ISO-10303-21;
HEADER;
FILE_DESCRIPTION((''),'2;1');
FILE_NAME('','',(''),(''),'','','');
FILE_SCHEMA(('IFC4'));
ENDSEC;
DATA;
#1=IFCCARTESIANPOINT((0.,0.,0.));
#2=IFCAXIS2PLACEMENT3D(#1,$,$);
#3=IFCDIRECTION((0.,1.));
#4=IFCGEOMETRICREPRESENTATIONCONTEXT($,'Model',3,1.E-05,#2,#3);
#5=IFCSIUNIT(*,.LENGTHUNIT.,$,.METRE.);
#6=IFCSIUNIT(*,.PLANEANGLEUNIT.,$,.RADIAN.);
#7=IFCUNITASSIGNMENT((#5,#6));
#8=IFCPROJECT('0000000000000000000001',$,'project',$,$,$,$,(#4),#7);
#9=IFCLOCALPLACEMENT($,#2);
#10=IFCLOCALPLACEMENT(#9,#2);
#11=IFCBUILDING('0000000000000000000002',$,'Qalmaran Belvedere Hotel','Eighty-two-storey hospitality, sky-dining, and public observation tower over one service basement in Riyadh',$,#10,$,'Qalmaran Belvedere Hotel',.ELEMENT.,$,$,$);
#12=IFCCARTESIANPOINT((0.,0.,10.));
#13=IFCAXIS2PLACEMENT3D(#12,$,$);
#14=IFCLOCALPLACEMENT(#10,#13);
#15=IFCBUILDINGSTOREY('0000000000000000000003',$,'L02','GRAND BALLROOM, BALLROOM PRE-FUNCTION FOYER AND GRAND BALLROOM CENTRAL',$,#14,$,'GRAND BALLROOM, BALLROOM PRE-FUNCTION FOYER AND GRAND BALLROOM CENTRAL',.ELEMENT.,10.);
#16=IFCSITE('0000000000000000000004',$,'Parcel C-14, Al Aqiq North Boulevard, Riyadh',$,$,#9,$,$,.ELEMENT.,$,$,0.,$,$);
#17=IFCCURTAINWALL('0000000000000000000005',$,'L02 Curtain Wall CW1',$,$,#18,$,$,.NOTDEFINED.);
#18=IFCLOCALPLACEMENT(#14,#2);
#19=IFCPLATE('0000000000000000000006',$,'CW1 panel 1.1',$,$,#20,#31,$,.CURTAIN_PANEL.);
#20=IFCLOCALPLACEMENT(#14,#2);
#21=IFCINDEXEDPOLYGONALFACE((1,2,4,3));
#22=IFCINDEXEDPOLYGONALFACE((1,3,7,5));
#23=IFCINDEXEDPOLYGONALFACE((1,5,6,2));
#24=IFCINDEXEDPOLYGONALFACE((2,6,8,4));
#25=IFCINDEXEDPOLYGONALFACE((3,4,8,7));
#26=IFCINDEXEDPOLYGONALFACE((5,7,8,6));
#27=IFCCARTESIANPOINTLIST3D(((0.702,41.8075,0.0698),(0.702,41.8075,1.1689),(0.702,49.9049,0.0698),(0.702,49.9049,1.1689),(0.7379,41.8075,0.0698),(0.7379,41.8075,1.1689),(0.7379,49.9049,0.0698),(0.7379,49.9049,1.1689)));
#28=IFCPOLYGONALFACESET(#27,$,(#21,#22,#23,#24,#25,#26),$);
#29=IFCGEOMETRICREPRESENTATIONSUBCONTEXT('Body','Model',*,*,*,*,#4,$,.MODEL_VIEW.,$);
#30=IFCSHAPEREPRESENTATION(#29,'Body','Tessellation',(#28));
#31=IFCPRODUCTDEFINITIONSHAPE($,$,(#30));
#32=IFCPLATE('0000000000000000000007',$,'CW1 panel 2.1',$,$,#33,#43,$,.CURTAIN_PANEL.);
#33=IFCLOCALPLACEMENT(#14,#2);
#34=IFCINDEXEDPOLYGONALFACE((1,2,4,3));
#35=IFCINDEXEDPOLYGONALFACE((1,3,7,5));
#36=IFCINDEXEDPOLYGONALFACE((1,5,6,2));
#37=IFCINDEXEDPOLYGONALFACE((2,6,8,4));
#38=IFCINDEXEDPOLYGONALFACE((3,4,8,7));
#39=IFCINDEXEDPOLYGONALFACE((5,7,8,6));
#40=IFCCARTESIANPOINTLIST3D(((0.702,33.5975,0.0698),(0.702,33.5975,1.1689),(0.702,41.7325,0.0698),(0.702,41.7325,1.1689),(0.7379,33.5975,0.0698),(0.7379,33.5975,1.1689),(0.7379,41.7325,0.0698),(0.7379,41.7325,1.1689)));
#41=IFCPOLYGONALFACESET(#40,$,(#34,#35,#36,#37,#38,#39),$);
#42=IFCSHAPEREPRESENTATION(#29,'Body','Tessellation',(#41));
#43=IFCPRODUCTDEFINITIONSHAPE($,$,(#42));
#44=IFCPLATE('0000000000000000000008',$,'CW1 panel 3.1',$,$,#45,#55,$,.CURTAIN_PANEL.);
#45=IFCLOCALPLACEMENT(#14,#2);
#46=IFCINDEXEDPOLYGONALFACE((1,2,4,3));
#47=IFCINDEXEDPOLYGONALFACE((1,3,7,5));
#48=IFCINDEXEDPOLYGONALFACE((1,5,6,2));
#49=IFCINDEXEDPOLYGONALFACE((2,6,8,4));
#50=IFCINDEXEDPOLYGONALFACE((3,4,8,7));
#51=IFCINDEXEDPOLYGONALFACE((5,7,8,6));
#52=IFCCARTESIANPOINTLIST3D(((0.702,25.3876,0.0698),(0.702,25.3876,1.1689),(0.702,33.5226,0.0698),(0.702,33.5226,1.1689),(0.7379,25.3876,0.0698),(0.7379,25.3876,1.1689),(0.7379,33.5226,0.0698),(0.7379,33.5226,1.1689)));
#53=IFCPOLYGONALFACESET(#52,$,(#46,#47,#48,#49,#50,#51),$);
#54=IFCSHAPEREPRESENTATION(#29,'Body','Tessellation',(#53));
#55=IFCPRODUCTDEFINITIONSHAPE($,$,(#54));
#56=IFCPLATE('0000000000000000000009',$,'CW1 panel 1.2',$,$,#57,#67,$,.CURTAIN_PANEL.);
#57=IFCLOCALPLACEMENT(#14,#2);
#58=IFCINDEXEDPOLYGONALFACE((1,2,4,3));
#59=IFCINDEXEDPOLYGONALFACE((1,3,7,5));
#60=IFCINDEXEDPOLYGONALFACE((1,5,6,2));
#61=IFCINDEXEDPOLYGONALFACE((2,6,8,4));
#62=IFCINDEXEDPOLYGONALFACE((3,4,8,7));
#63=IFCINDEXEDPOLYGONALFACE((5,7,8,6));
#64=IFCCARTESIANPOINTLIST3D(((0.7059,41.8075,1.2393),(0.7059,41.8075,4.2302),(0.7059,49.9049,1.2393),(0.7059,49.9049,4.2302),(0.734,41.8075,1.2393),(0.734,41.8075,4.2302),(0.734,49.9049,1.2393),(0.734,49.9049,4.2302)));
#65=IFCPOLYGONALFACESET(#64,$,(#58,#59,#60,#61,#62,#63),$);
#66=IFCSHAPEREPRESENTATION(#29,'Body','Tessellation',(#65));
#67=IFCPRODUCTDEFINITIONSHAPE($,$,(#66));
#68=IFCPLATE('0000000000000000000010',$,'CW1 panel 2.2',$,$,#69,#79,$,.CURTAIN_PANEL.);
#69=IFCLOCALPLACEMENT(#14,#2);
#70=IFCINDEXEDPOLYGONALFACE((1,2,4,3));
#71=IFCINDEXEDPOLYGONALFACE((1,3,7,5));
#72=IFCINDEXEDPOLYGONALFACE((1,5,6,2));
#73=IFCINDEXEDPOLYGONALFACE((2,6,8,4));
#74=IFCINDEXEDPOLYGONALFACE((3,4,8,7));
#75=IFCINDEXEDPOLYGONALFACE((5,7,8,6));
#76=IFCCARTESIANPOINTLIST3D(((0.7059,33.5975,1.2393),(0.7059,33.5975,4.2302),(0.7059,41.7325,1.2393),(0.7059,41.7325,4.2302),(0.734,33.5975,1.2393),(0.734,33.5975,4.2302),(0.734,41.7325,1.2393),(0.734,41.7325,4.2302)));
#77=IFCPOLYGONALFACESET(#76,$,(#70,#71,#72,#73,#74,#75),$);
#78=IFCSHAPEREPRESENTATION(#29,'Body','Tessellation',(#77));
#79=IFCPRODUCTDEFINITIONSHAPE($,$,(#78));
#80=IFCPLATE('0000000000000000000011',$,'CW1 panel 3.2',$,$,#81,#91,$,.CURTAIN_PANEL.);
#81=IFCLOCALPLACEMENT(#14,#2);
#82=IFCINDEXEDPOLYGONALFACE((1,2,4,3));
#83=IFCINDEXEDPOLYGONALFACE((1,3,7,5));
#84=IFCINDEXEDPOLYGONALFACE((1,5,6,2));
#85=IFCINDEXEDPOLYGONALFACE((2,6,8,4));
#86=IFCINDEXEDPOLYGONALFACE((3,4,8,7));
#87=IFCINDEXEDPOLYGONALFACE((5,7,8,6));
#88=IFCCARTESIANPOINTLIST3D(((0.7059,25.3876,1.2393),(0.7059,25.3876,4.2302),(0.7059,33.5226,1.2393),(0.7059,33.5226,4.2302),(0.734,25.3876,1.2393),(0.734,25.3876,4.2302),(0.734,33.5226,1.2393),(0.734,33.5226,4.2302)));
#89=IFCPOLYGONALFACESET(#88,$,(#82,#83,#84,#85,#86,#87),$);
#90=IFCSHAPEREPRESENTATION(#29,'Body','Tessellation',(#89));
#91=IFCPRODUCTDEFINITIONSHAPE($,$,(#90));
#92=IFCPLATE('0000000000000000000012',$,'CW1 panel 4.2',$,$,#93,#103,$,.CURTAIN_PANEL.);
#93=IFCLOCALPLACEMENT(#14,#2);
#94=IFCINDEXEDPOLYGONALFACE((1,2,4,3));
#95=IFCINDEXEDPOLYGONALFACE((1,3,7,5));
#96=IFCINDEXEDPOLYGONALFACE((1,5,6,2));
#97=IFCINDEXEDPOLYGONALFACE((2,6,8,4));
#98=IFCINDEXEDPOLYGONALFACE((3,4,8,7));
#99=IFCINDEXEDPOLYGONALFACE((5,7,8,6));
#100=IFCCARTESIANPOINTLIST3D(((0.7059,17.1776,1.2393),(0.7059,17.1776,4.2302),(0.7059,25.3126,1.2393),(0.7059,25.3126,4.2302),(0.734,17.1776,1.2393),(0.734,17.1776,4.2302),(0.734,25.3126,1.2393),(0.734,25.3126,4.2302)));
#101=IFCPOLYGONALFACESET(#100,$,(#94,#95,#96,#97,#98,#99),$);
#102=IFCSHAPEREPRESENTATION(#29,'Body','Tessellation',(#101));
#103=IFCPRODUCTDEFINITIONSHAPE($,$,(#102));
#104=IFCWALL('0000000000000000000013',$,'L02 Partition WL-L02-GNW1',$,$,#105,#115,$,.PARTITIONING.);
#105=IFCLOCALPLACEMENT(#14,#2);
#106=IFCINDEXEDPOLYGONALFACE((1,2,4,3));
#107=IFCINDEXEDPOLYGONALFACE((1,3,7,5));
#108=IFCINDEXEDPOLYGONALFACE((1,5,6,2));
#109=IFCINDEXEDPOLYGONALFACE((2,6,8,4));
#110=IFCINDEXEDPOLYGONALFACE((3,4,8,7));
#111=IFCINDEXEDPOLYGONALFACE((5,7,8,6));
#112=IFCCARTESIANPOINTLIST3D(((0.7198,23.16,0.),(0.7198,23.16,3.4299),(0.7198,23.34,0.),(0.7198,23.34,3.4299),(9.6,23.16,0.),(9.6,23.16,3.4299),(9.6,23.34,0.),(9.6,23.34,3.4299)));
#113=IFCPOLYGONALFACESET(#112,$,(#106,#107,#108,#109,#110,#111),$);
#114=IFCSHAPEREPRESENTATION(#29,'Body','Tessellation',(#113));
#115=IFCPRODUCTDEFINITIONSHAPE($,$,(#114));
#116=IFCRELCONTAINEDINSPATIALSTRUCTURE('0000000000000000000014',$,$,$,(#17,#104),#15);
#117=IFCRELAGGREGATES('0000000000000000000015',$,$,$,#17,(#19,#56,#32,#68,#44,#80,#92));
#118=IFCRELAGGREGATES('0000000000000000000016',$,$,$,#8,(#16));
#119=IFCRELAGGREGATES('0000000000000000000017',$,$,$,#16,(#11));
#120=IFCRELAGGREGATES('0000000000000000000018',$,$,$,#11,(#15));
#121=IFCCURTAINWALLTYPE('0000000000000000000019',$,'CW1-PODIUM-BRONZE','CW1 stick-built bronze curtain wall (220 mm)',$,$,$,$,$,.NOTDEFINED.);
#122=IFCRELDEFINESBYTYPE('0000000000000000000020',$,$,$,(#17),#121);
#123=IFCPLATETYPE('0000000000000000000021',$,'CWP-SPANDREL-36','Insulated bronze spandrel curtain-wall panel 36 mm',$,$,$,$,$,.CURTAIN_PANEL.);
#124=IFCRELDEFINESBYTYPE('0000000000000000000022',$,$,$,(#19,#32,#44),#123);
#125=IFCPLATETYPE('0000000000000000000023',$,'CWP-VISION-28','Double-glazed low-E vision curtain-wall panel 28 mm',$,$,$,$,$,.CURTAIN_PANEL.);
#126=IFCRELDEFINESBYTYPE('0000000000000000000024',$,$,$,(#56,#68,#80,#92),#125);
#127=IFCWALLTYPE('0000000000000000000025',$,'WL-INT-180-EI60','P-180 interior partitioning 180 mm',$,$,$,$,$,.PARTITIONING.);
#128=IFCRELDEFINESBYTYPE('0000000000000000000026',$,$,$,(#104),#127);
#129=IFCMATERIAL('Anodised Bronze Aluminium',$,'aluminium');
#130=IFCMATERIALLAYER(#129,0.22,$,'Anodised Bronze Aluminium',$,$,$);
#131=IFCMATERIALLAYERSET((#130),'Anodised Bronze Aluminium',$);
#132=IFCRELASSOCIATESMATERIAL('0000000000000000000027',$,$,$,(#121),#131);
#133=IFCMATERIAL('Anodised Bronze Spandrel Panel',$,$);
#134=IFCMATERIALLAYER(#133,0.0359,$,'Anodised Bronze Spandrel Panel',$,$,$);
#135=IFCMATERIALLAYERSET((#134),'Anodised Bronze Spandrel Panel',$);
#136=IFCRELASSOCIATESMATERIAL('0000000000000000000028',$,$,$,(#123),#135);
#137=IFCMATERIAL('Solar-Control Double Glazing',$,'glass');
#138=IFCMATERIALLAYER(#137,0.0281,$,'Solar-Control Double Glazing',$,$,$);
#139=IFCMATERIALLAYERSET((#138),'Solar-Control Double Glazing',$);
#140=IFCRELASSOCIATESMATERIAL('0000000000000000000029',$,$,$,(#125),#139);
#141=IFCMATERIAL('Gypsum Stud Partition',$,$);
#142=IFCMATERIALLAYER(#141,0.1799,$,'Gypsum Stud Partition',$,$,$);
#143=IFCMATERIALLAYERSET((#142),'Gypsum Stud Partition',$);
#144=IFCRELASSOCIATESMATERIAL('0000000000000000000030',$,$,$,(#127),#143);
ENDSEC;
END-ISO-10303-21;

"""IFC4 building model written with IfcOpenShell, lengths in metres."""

from ifc_helpers import new_model, si_unit, direction, frame, frame_2d, origin, origin_2d, place, context, subcontext, project, spatial, rectangle, extrude, material, layer, layer_set, type_object, element, aggregate, save


model = new_model("IFC4")

# Units and contexts
model_context = context("Model", 3, precision=1e-05, world=origin(), true_north=direction((0.0, 1.0)))
body_context = subcontext(model_context, "Body", "Model", "MODEL_VIEW")
ifc_project = project(units=[si_unit("LENGTHUNIT", "METRE"), si_unit("PLANEANGLEUNIT", "RADIAN")], contexts=[model_context])

# Site, building, storey
site_placement = place(None, origin())
site = spatial("IfcSite", under=ifc_project, at=site_placement, Name="Parcel C-14, Al Aqiq North Boulevard, Riyadh", CompositionType="ELEMENT", RefElevation=0.0)
building_placement = place(site_placement, origin())
building = spatial("IfcBuilding", under=site, at=building_placement, Name="Qalmaran Belvedere Hotel", Description="Eighty-two-storey hospitality, sky-dining, and public observation tower over one service basement in Riyadh", LongName="Qalmaran Belvedere Hotel", CompositionType="ELEMENT")
storey_placement = place(building_placement, frame((0.0, 0.0, 10.0)))
storey = spatial("IfcBuildingStorey", under=building, at=storey_placement, Name="L02", Description="GRAND BALLROOM, BALLROOM PRE-FUNCTION FOYER AND GRAND BALLROOM CENTRAL", LongName="GRAND BALLROOM, BALLROOM PRE-FUNCTION FOYER AND GRAND BALLROOM CENTRAL", CompositionType="ELEMENT", Elevation=10.0)

# Curtain wall, plates
ifc_material_1 = material(Name="Anodised Bronze Aluminium", Category="aluminium")
ifc_layer_1 = layer(ifc_material_1, 0.22, Name="Anodised Bronze Aluminium")
ifc_layer_set_1 = layer_set([ifc_layer_1], Name="Anodised Bronze Aluminium")
curtain_wall_type = type_object("IfcCurtainWallType", Name="CW1-PODIUM-BRONZE", Description="CW1 stick-built bronze curtain wall (220 mm)", PredefinedType="NOTDEFINED", material=ifc_layer_set_1)
curtain_wall_placement = place(storey_placement, origin())
curtain_wall = element("IfcCurtainWall", 1, at=curtain_wall_placement, inside=storey, type_object=curtain_wall_type, Name="L02 Curtain Wall CW1", PredefinedType="NOTDEFINED")
ifc_material_2 = material(Name="Anodised Bronze Spandrel Panel")
ifc_layer_2 = layer(ifc_material_2, 0.0359, Name="Anodised Bronze Spandrel Panel")
ifc_layer_set_2 = layer_set([ifc_layer_2], Name="Anodised Bronze Spandrel Panel")
plate_type_1 = type_object("IfcPlateType", Name="CWP-SPANDREL-36", Description="Insulated bronze spandrel curtain-wall panel 36 mm", PredefinedType="CURTAIN_PANEL", material=ifc_layer_set_2)
plate_1_placement = place(storey_placement, frame((0.72, 45.8562, 0.0698), z_axis=(0.0, 0.0, 1.0), x_axis=(0.0, -1.0, 0.0)))
plate_1 = element("IfcPlate", 2, at=plate_1_placement, type_object=plate_type_1, Name="CW1 panel 1.1", PredefinedType="CURTAIN_PANEL", context=body_context, shape_type="SweptSolid", body=[
    extrude(rectangle(XDim=8.0974, YDim=0.0359, at=origin_2d()), origin(), (0.0, 0.0, 1.0), 1.0991),
])
plate_2_placement = place(storey_placement, frame((0.72, 37.665, 0.0698), z_axis=(0.0, 0.0, 1.0), x_axis=(0.0, -1.0, 0.0)))
plate_2 = element("IfcPlate", 3, at=plate_2_placement, type_object=plate_type_1, Name="CW1 panel 2.1", PredefinedType="CURTAIN_PANEL", context=body_context, shape_type="SweptSolid", body=[
    extrude(rectangle(XDim=8.135, YDim=0.0359, at=origin_2d()), origin(), (0.0, 0.0, 1.0), 1.0991),
])
plate_3_placement = place(storey_placement, frame((0.72, 29.4551, 0.0698), z_axis=(0.0, 0.0, 1.0), x_axis=(0.0, -1.0, 0.0)))
plate_3 = element("IfcPlate", 4, at=plate_3_placement, type_object=plate_type_1, Name="CW1 panel 3.1", PredefinedType="CURTAIN_PANEL", context=body_context, shape_type="SweptSolid", body=[
    extrude(rectangle(XDim=8.135, YDim=0.0359, at=origin_2d()), origin(), (0.0, 0.0, 1.0), 1.0991),
])
ifc_material_3 = material(Name="Solar-Control Double Glazing", Category="glass")
ifc_layer_3 = layer(ifc_material_3, 0.0281, Name="Solar-Control Double Glazing")
ifc_layer_set_3 = layer_set([ifc_layer_3], Name="Solar-Control Double Glazing")
plate_type_2 = type_object("IfcPlateType", Name="CWP-VISION-28", Description="Double-glazed low-E vision curtain-wall panel 28 mm", PredefinedType="CURTAIN_PANEL", material=ifc_layer_set_3)
plate_4_placement = place(storey_placement, frame((0.72, 45.8562, 1.2393), z_axis=(0.0, 0.0, 1.0), x_axis=(0.0, -1.0, 0.0)))
plate_4 = element("IfcPlate", 5, at=plate_4_placement, type_object=plate_type_2, Name="CW1 panel 1.2", PredefinedType="CURTAIN_PANEL", context=body_context, shape_type="SweptSolid", body=[
    extrude(rectangle(XDim=8.0974, YDim=0.0281, at=origin_2d()), origin(), (0.0, 0.0, 1.0), 2.991),
])
plate_5_placement = place(storey_placement, frame((0.72, 37.665, 1.2393), z_axis=(0.0, 0.0, 1.0), x_axis=(0.0, -1.0, 0.0)))
plate_5 = element("IfcPlate", 6, at=plate_5_placement, type_object=plate_type_2, Name="CW1 panel 2.2", PredefinedType="CURTAIN_PANEL", context=body_context, shape_type="SweptSolid", body=[
    extrude(rectangle(XDim=8.135, YDim=0.0281, at=origin_2d()), origin(), (0.0, 0.0, 1.0), 2.991),
])
plate_6_placement = place(storey_placement, frame((0.72, 29.4551, 1.2393), z_axis=(0.0, 0.0, 1.0), x_axis=(0.0, -1.0, 0.0)))
plate_6 = element("IfcPlate", 7, at=plate_6_placement, type_object=plate_type_2, Name="CW1 panel 3.2", PredefinedType="CURTAIN_PANEL", context=body_context, shape_type="SweptSolid", body=[
    extrude(rectangle(XDim=8.135, YDim=0.0281, at=origin_2d()), origin(), (0.0, 0.0, 1.0), 2.991),
])
plate_7_placement = place(storey_placement, frame((0.72, 21.2451, 1.2393), z_axis=(0.0, 0.0, 1.0), x_axis=(0.0, -1.0, 0.0)))
plate_7 = element("IfcPlate", 8, at=plate_7_placement, type_object=plate_type_2, Name="CW1 panel 4.2", PredefinedType="CURTAIN_PANEL", context=body_context, shape_type="SweptSolid", body=[
    extrude(rectangle(XDim=8.135, YDim=0.0281, at=origin_2d()), origin(), (0.0, 0.0, 1.0), 2.991),
])
aggregate(curtain_wall, [plate_1, plate_4, plate_2, plate_5, plate_3, plate_6, plate_7])

# Wall
ifc_material_4 = material(Name="Gypsum Stud Partition")
ifc_layer_4 = layer(ifc_material_4, 0.1799, Name="Gypsum Stud Partition")
ifc_layer_set_4 = layer_set([ifc_layer_4], Name="Gypsum Stud Partition")
wall_type = type_object("IfcWallType", Name="WL-INT-180-EI60", Description="P-180 interior partitioning 180 mm", PredefinedType="PARTITIONING", material=ifc_layer_set_4)
wall_placement = place(storey_placement, frame((0.72, 23.25, 0.0), z_axis=(0.0, 0.0, 1.0), x_axis=(1.0, 0.0, 0.0)))
element("IfcWall", 9, at=wall_placement, inside=storey, type_object=wall_type, Name="L02 Partition WL-L02-GNW1", PredefinedType="PARTITIONING", context=body_context, shape_type="SweptSolid", body=[
    extrude(rectangle(XDim=8.8801, YDim=0.1799, at=frame_2d((4.4399, 0.0))), origin(), (0.0, 0.0, 1.0), 3.4299),
])

save(model, "model.ifc")
